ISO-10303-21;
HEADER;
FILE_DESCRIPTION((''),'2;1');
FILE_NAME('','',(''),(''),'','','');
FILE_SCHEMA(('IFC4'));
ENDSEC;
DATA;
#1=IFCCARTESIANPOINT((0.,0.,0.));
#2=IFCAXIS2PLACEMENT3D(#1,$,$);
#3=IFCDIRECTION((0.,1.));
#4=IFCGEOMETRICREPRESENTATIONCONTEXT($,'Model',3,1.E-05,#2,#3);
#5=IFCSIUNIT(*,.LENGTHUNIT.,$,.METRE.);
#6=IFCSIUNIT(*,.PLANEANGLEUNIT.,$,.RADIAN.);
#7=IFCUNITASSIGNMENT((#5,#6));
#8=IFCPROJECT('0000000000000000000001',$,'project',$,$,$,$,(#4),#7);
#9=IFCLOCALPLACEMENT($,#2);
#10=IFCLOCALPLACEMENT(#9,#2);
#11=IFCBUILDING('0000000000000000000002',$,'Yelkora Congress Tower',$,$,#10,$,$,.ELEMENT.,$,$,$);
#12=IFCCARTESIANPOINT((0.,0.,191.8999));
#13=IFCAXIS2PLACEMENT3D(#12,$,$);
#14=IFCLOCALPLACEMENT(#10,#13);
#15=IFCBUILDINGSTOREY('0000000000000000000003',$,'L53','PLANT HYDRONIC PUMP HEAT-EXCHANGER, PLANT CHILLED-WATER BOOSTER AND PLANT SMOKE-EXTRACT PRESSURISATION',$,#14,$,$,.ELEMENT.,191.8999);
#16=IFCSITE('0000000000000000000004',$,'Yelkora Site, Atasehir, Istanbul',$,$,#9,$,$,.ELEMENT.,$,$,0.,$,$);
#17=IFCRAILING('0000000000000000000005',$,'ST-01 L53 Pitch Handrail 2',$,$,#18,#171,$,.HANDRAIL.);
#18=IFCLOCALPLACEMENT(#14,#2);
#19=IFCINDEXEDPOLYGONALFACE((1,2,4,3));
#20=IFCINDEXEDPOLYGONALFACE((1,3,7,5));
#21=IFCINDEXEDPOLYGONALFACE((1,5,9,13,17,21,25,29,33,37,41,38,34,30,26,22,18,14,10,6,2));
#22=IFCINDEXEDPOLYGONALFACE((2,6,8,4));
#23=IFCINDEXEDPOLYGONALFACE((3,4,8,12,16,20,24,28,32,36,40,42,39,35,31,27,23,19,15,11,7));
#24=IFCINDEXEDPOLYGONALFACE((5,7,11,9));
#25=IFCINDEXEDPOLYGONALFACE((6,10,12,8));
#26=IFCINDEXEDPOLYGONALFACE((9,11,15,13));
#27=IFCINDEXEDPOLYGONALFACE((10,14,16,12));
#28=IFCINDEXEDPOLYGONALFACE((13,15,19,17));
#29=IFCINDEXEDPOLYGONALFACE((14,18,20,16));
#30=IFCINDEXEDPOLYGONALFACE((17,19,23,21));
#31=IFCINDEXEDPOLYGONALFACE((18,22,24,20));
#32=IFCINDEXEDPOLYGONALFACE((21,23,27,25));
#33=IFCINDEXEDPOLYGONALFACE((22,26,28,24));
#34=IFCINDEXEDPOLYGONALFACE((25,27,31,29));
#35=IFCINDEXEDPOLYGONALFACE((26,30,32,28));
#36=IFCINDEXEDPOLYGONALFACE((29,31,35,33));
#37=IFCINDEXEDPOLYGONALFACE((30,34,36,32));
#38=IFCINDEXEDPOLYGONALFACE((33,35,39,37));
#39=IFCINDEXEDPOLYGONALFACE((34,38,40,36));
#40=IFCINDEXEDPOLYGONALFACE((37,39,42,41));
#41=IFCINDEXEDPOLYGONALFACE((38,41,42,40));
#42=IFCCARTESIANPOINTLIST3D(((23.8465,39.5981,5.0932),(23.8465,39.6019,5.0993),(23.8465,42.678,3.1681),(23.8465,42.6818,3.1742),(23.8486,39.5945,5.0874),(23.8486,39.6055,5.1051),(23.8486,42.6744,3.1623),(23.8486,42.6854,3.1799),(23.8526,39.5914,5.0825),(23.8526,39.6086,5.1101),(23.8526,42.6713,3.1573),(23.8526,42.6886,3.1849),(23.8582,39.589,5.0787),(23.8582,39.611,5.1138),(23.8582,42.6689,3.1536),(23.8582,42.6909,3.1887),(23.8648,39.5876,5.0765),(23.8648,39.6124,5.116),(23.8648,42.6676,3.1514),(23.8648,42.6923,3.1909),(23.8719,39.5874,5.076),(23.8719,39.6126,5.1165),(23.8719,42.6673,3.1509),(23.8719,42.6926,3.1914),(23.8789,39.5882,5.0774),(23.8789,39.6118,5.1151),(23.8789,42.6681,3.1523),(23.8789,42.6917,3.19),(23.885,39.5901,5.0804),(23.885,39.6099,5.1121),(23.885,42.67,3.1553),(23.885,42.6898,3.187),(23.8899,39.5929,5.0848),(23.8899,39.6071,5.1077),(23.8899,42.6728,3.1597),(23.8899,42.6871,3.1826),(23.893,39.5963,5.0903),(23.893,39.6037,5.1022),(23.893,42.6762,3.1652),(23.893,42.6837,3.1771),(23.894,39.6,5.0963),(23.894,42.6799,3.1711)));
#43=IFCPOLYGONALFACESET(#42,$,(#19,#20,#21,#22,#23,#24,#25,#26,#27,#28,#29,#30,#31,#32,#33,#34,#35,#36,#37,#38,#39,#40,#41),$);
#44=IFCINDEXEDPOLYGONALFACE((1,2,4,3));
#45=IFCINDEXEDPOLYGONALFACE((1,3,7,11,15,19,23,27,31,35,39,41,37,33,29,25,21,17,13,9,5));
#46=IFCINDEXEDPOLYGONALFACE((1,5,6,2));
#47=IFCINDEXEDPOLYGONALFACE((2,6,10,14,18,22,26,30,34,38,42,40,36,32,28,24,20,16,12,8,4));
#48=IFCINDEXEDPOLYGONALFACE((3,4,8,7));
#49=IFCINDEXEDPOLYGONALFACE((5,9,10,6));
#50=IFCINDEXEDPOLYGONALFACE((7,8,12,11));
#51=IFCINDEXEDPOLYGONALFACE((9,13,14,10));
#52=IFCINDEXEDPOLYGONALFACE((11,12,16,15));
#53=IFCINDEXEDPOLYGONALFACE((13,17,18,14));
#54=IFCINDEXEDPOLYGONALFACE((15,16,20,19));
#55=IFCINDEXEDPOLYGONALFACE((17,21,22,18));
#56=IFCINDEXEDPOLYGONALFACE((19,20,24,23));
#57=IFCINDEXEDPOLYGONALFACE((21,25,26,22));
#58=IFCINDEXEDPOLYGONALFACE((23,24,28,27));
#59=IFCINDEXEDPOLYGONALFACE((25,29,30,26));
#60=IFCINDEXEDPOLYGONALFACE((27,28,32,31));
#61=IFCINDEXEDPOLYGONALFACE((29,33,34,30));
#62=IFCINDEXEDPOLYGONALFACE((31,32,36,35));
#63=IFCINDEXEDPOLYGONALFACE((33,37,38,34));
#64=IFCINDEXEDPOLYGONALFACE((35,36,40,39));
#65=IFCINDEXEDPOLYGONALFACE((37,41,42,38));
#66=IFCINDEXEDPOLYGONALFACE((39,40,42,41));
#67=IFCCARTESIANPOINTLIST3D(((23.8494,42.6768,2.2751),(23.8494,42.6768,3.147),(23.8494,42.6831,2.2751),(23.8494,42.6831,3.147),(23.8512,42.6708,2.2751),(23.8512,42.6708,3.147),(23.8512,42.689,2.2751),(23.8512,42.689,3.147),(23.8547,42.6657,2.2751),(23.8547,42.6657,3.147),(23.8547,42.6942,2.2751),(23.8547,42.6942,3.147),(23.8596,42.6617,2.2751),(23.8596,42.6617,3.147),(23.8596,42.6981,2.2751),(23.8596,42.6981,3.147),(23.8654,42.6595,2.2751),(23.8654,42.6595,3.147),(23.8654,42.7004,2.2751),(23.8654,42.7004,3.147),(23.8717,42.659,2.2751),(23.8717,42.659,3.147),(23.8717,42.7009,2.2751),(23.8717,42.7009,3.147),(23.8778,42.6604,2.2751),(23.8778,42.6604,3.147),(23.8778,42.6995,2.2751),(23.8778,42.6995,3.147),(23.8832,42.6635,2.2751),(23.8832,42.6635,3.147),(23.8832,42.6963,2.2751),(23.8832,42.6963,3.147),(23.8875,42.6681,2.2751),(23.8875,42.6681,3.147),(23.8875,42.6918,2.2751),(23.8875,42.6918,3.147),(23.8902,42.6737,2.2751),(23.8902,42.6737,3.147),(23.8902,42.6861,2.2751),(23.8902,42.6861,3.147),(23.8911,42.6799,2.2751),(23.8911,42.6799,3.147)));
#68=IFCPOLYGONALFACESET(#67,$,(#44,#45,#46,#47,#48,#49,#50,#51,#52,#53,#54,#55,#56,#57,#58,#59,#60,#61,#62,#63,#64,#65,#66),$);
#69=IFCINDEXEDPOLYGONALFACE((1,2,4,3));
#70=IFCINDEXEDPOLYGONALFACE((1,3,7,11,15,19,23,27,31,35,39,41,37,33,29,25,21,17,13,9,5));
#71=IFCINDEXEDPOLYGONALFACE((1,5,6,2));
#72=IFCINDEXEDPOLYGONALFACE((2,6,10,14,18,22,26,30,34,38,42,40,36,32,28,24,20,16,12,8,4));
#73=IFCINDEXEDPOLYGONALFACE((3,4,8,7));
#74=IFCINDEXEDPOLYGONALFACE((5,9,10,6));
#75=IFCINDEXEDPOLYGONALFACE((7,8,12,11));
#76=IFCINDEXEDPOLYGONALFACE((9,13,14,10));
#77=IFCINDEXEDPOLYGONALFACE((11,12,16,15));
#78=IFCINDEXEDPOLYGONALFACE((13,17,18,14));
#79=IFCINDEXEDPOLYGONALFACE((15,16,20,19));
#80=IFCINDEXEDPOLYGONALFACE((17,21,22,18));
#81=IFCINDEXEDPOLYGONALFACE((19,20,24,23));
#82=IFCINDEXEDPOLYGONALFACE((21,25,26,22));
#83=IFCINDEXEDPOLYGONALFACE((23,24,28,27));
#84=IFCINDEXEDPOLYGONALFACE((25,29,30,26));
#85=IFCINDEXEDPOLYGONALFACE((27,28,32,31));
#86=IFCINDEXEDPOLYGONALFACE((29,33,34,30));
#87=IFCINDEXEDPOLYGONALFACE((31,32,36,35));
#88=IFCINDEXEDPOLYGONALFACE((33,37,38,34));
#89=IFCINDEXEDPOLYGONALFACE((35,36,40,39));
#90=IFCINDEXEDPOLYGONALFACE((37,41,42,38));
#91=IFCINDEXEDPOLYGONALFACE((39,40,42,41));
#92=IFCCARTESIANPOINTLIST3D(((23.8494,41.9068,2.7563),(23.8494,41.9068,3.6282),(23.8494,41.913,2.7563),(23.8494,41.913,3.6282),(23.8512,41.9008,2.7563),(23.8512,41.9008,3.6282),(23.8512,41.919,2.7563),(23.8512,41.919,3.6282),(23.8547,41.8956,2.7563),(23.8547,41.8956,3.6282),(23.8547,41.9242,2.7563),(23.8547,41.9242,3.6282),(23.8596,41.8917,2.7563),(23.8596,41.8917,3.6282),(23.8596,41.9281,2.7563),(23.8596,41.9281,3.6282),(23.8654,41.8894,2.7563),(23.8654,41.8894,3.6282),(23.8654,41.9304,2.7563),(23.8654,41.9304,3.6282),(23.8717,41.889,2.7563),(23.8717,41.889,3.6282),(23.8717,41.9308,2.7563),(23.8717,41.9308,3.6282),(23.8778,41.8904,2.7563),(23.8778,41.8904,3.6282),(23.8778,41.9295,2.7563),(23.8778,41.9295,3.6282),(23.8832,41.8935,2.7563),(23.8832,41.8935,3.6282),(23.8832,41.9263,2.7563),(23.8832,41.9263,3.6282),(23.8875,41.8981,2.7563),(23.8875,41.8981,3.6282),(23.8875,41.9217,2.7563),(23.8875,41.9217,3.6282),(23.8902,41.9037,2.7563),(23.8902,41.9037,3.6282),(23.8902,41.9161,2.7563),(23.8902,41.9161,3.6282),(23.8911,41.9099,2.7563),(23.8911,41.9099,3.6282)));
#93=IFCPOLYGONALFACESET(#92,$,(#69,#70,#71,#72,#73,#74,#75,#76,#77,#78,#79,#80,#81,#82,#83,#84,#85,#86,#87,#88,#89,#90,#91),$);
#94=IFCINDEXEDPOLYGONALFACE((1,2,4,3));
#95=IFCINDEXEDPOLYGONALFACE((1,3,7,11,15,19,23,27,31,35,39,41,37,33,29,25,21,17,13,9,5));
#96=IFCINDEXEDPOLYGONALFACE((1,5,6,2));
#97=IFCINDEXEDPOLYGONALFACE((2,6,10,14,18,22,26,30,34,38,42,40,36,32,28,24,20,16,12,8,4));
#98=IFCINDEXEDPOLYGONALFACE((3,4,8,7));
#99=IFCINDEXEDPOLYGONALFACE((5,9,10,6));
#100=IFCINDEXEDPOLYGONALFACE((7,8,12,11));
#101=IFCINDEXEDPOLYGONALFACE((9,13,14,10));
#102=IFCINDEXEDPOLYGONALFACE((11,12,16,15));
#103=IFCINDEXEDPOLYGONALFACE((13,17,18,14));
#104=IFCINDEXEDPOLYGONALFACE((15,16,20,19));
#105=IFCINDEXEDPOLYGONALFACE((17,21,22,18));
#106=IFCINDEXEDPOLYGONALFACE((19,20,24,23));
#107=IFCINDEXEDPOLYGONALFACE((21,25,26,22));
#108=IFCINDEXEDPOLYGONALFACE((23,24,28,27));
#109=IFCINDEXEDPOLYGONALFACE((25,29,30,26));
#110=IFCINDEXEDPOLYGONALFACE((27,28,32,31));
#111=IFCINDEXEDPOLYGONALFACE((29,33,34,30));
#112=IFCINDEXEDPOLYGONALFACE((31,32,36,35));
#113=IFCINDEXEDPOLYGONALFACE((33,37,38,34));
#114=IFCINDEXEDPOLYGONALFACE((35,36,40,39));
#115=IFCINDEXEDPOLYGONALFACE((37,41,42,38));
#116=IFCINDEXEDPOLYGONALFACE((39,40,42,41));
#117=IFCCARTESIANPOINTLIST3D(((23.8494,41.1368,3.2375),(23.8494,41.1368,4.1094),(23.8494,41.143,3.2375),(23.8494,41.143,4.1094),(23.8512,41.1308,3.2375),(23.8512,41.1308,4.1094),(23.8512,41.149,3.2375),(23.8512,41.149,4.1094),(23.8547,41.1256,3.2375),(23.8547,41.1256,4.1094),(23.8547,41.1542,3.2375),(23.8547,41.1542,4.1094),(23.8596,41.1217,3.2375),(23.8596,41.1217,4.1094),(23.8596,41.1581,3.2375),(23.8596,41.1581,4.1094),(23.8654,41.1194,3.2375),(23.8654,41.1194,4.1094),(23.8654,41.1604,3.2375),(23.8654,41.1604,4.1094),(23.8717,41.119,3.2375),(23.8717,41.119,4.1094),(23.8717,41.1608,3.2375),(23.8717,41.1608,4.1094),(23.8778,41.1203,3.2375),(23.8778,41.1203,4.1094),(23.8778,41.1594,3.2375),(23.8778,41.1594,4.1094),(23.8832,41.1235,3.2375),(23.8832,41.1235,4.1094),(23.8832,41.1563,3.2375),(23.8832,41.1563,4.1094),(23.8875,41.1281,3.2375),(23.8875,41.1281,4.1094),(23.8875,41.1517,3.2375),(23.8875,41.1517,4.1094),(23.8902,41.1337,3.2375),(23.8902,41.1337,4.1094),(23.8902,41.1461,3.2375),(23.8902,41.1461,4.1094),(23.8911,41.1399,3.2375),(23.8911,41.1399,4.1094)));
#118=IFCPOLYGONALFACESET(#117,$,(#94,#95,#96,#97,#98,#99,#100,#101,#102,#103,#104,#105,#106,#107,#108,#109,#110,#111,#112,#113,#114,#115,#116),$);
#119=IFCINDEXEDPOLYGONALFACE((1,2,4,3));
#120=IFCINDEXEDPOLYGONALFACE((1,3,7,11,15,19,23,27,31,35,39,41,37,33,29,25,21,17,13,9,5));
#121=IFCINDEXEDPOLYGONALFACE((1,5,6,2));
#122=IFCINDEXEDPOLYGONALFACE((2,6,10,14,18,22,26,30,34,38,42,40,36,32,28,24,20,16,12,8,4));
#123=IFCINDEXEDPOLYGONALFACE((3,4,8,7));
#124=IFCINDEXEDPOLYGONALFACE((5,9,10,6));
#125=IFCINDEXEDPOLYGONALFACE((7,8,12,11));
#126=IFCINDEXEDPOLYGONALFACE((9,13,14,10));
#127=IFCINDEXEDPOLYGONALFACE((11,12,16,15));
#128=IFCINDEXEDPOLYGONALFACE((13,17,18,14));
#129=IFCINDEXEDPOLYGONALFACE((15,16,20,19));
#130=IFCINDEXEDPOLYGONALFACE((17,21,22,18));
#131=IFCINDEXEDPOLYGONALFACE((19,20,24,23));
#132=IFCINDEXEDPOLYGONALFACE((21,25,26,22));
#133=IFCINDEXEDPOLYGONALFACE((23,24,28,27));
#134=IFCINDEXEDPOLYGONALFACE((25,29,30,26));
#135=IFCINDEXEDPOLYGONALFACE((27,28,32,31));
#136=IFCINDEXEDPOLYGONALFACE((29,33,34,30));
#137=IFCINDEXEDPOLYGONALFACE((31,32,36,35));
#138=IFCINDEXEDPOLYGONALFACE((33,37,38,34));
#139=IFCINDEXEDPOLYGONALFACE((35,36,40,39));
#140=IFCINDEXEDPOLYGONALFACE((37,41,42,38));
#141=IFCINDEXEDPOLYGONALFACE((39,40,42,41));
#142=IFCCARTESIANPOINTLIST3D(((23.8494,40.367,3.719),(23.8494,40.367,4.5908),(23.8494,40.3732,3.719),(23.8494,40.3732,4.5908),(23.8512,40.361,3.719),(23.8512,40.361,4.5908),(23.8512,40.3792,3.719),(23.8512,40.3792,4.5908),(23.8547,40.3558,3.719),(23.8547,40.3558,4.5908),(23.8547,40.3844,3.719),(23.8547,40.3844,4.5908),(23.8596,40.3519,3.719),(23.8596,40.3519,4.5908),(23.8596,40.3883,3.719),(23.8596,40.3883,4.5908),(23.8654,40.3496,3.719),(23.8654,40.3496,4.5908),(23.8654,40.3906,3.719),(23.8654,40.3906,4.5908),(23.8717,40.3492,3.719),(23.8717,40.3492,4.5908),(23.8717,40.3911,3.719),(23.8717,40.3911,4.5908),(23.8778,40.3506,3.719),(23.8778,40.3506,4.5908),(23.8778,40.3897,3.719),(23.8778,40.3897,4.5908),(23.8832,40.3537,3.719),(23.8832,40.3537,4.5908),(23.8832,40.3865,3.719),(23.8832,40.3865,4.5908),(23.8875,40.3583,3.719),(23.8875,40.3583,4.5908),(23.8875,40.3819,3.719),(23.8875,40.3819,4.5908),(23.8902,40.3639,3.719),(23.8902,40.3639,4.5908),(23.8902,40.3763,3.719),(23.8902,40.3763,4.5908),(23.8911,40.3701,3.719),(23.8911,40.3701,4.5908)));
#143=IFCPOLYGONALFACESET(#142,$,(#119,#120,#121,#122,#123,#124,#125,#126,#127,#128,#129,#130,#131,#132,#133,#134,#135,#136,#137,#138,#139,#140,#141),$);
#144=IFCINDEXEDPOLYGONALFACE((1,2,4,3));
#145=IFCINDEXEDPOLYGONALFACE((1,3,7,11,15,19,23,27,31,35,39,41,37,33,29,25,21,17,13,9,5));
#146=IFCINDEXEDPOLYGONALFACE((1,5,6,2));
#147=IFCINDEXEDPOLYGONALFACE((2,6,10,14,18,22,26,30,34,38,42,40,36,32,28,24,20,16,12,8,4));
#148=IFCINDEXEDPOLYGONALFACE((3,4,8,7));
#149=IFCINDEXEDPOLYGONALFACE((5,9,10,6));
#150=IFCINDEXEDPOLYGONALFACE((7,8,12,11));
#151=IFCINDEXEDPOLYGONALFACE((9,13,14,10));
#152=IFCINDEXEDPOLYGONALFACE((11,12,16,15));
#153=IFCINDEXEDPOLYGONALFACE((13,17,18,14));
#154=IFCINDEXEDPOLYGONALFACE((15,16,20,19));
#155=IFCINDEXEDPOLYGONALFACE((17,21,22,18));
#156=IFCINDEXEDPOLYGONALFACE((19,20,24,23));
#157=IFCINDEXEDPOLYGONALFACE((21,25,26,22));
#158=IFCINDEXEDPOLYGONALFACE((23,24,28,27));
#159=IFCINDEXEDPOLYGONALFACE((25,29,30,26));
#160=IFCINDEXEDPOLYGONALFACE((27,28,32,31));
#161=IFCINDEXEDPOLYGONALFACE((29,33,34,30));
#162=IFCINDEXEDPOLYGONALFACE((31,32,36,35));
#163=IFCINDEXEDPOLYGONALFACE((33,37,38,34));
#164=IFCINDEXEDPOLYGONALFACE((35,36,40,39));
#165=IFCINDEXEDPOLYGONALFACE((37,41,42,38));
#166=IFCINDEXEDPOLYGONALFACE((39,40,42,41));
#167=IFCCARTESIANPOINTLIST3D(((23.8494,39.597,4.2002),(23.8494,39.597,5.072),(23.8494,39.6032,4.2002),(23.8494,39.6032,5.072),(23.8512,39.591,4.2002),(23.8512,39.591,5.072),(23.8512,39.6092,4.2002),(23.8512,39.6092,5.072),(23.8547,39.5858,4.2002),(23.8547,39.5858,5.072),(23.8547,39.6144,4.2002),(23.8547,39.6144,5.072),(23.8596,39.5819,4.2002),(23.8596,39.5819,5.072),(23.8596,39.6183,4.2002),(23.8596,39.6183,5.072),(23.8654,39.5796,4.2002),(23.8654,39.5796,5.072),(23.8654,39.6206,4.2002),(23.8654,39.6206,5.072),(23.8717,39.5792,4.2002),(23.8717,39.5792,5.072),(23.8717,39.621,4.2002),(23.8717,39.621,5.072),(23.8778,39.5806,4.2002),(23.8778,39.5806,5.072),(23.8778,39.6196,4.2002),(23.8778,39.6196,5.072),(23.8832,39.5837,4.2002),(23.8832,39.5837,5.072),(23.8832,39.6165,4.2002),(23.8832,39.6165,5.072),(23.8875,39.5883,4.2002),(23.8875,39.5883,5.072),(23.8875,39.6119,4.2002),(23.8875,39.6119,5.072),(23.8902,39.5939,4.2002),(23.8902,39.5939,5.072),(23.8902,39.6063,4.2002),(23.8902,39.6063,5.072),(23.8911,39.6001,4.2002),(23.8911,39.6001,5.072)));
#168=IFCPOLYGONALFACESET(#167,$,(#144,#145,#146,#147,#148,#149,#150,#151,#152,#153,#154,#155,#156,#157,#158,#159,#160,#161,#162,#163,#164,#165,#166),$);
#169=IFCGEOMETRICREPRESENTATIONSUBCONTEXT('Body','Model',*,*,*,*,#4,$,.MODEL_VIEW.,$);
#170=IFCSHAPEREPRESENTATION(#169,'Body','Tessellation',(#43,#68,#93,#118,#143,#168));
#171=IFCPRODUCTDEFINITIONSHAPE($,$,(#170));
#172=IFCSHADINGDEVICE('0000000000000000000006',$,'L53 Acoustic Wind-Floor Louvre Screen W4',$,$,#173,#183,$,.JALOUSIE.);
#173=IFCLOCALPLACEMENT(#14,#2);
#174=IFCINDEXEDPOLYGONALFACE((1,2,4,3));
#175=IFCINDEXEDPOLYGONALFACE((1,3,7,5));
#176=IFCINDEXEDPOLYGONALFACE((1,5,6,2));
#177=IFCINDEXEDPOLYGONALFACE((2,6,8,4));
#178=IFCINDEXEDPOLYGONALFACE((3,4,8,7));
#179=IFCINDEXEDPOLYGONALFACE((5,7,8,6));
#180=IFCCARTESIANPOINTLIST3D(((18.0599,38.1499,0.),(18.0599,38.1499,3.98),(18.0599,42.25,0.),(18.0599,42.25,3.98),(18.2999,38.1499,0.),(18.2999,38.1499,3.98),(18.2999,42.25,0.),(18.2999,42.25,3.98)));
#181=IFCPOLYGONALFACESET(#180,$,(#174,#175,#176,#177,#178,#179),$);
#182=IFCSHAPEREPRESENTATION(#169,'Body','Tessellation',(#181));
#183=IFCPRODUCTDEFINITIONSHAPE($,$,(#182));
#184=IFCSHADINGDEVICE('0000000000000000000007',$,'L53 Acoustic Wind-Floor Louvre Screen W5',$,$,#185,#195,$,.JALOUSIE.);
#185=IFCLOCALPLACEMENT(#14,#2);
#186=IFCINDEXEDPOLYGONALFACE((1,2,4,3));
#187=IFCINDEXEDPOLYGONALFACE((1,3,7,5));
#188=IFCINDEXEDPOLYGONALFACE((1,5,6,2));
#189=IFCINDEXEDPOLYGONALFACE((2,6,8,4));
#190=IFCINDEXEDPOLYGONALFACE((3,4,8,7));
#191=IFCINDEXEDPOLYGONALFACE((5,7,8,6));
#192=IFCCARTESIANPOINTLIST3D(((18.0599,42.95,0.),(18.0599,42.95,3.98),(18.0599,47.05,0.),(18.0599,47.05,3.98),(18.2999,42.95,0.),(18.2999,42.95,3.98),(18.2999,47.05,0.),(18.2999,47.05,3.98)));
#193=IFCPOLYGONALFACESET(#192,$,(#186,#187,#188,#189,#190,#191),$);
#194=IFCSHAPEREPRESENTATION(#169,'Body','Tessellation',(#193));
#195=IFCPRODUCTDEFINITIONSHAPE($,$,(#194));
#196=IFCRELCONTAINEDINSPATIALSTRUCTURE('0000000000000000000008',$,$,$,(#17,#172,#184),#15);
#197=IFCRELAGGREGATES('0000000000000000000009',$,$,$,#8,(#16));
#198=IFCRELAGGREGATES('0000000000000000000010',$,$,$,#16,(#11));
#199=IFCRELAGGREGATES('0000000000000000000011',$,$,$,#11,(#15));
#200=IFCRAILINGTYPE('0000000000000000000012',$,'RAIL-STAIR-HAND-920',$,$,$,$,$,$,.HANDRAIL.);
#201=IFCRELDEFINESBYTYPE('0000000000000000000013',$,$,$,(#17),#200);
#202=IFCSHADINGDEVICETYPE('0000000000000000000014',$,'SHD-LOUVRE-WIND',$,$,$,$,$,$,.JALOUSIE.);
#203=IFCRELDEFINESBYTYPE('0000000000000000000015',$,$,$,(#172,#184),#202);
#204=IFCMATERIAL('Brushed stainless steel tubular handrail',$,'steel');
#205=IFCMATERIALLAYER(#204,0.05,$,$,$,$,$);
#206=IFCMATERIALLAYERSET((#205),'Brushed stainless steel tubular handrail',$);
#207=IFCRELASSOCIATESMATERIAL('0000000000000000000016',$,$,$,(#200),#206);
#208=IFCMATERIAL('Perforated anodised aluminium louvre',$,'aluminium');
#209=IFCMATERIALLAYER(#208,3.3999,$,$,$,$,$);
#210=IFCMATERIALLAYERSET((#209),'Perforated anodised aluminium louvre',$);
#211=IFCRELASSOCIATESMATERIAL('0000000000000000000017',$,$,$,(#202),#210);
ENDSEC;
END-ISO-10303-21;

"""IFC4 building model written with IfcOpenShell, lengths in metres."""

from ifc_helpers import new_model, si_unit, direction, frame, origin, origin_2d, place, context, subcontext, project, spatial, rectangle, circle, extrude, material, layer, layer_set, type_object, element, save


model = new_model("IFC4")

# Units and contexts
model_context = context("Model", 3, precision=1e-05, world=origin(), true_north=direction((0.0, 1.0)))
body_context = subcontext(model_context, "Body", "Model", "MODEL_VIEW")
ifc_project = project(units=[si_unit("LENGTHUNIT", "METRE"), si_unit("PLANEANGLEUNIT", "RADIAN")], contexts=[model_context])

# Site, building, storey
site_placement = place(None, origin())
site = spatial("IfcSite", under=ifc_project, at=site_placement, Name="Yelkora Site, Atasehir, Istanbul", CompositionType="ELEMENT", RefElevation=0.0)
building_placement = place(site_placement, origin())
building = spatial("IfcBuilding", under=site, at=building_placement, Name="Yelkora Congress Tower", CompositionType="ELEMENT")
storey_placement = place(building_placement, frame((0.0, 0.0, 191.8999)))
storey = spatial("IfcBuildingStorey", under=building, at=storey_placement, Name="L53", Description="PLANT HYDRONIC PUMP HEAT-EXCHANGER, PLANT CHILLED-WATER BOOSTER AND PLANT SMOKE-EXTRACT PRESSURISATION", CompositionType="ELEMENT", Elevation=191.8999)

# Railing
ifc_material_1 = material(Name="Brushed stainless steel tubular handrail", Category="steel")
ifc_layer_1 = layer(ifc_material_1, 0.05)
ifc_layer_set_1 = layer_set([ifc_layer_1], Name="Brushed stainless steel tubular handrail")
railing_type_1 = type_object("IfcRailingType", Name="RAIL-STAIR-HAND-920", PredefinedType="HANDRAIL", material=ifc_layer_set_1)
railing_1_placement = place(storey_placement, frame((23.8701, 42.6799, 2.2751)))
element("IfcRailing", 1, at=railing_1_placement, inside=storey, type_object=railing_type_1, Name="ST-01 L53 Pitch Handrail 2", PredefinedType="HANDRAIL", context=body_context, shape_type="SweptSolid", body=[
    extrude(circle(Radius=0.0239, at=origin_2d()), frame((0.0, 0.0, 0.896), z_axis=(0.0, -0.847979, 0.530029), x_axis=(1.0, 0.0, 0.0)), (0.0, 0.0, 1.0), 3.6321),
    extrude(circle(Radius=0.021, at=origin_2d()), origin(), (0.0, 0.0, 1.0), 0.8718),
    extrude(circle(Radius=0.021, at=origin_2d()), frame((0.0, -0.77, 0.4812)), (0.0, 0.0, 1.0), 0.8718),
    extrude(circle(Radius=0.021, at=origin_2d()), frame((0.0, -1.54, 0.9624)), (0.0, 0.0, 1.0), 0.8718),
    extrude(circle(Radius=0.021, at=origin_2d()), frame((0.0, -2.3098, 1.4438)), (0.0, 0.0, 1.0), 0.8718),
    extrude(circle(Radius=0.021, at=origin_2d()), frame((0.0, -3.0798, 1.925)), (0.0, 0.0, 1.0), 0.8718),
])

# Shading devices
ifc_material_2 = material(Name="Perforated anodised aluminium louvre", Category="aluminium")
ifc_layer_2 = layer(ifc_material_2, 3.3999)
ifc_layer_set_2 = layer_set([ifc_layer_2], Name="Perforated anodised aluminium louvre")
shading_device_type = type_object("IfcShadingDeviceType", Name="SHD-LOUVRE-WIND", PredefinedType="JALOUSIE", material=ifc_layer_set_2)
for number, where, z_axis, x_axis, name in (
    (2, (18.1799, 40.2, 0.0), (0.0, 0.0, 1.0), (1.0, 0.0, 0.0), "L53 Acoustic Wind-Floor Louvre Screen W4"),
    (3, (18.1799, 45.0, 0.0), (0.0, 0.0, 1.0), (1.0, 0.0, 0.0), "L53 Acoustic Wind-Floor Louvre Screen W5"),
):
    element("IfcShadingDevice", number, at=place(storey_placement, frame(where, z_axis=z_axis, x_axis=x_axis)), inside=storey, type_object=shading_device_type, Name=name, PredefinedType="JALOUSIE", context=body_context, shape_type="SweptSolid", body=[
        extrude(rectangle(XDim=0.24, YDim=4.1001, at=origin_2d()), origin(), (0.0, 0.0, 1.0), 3.98),
    ])

save(model, "model.ifc")
